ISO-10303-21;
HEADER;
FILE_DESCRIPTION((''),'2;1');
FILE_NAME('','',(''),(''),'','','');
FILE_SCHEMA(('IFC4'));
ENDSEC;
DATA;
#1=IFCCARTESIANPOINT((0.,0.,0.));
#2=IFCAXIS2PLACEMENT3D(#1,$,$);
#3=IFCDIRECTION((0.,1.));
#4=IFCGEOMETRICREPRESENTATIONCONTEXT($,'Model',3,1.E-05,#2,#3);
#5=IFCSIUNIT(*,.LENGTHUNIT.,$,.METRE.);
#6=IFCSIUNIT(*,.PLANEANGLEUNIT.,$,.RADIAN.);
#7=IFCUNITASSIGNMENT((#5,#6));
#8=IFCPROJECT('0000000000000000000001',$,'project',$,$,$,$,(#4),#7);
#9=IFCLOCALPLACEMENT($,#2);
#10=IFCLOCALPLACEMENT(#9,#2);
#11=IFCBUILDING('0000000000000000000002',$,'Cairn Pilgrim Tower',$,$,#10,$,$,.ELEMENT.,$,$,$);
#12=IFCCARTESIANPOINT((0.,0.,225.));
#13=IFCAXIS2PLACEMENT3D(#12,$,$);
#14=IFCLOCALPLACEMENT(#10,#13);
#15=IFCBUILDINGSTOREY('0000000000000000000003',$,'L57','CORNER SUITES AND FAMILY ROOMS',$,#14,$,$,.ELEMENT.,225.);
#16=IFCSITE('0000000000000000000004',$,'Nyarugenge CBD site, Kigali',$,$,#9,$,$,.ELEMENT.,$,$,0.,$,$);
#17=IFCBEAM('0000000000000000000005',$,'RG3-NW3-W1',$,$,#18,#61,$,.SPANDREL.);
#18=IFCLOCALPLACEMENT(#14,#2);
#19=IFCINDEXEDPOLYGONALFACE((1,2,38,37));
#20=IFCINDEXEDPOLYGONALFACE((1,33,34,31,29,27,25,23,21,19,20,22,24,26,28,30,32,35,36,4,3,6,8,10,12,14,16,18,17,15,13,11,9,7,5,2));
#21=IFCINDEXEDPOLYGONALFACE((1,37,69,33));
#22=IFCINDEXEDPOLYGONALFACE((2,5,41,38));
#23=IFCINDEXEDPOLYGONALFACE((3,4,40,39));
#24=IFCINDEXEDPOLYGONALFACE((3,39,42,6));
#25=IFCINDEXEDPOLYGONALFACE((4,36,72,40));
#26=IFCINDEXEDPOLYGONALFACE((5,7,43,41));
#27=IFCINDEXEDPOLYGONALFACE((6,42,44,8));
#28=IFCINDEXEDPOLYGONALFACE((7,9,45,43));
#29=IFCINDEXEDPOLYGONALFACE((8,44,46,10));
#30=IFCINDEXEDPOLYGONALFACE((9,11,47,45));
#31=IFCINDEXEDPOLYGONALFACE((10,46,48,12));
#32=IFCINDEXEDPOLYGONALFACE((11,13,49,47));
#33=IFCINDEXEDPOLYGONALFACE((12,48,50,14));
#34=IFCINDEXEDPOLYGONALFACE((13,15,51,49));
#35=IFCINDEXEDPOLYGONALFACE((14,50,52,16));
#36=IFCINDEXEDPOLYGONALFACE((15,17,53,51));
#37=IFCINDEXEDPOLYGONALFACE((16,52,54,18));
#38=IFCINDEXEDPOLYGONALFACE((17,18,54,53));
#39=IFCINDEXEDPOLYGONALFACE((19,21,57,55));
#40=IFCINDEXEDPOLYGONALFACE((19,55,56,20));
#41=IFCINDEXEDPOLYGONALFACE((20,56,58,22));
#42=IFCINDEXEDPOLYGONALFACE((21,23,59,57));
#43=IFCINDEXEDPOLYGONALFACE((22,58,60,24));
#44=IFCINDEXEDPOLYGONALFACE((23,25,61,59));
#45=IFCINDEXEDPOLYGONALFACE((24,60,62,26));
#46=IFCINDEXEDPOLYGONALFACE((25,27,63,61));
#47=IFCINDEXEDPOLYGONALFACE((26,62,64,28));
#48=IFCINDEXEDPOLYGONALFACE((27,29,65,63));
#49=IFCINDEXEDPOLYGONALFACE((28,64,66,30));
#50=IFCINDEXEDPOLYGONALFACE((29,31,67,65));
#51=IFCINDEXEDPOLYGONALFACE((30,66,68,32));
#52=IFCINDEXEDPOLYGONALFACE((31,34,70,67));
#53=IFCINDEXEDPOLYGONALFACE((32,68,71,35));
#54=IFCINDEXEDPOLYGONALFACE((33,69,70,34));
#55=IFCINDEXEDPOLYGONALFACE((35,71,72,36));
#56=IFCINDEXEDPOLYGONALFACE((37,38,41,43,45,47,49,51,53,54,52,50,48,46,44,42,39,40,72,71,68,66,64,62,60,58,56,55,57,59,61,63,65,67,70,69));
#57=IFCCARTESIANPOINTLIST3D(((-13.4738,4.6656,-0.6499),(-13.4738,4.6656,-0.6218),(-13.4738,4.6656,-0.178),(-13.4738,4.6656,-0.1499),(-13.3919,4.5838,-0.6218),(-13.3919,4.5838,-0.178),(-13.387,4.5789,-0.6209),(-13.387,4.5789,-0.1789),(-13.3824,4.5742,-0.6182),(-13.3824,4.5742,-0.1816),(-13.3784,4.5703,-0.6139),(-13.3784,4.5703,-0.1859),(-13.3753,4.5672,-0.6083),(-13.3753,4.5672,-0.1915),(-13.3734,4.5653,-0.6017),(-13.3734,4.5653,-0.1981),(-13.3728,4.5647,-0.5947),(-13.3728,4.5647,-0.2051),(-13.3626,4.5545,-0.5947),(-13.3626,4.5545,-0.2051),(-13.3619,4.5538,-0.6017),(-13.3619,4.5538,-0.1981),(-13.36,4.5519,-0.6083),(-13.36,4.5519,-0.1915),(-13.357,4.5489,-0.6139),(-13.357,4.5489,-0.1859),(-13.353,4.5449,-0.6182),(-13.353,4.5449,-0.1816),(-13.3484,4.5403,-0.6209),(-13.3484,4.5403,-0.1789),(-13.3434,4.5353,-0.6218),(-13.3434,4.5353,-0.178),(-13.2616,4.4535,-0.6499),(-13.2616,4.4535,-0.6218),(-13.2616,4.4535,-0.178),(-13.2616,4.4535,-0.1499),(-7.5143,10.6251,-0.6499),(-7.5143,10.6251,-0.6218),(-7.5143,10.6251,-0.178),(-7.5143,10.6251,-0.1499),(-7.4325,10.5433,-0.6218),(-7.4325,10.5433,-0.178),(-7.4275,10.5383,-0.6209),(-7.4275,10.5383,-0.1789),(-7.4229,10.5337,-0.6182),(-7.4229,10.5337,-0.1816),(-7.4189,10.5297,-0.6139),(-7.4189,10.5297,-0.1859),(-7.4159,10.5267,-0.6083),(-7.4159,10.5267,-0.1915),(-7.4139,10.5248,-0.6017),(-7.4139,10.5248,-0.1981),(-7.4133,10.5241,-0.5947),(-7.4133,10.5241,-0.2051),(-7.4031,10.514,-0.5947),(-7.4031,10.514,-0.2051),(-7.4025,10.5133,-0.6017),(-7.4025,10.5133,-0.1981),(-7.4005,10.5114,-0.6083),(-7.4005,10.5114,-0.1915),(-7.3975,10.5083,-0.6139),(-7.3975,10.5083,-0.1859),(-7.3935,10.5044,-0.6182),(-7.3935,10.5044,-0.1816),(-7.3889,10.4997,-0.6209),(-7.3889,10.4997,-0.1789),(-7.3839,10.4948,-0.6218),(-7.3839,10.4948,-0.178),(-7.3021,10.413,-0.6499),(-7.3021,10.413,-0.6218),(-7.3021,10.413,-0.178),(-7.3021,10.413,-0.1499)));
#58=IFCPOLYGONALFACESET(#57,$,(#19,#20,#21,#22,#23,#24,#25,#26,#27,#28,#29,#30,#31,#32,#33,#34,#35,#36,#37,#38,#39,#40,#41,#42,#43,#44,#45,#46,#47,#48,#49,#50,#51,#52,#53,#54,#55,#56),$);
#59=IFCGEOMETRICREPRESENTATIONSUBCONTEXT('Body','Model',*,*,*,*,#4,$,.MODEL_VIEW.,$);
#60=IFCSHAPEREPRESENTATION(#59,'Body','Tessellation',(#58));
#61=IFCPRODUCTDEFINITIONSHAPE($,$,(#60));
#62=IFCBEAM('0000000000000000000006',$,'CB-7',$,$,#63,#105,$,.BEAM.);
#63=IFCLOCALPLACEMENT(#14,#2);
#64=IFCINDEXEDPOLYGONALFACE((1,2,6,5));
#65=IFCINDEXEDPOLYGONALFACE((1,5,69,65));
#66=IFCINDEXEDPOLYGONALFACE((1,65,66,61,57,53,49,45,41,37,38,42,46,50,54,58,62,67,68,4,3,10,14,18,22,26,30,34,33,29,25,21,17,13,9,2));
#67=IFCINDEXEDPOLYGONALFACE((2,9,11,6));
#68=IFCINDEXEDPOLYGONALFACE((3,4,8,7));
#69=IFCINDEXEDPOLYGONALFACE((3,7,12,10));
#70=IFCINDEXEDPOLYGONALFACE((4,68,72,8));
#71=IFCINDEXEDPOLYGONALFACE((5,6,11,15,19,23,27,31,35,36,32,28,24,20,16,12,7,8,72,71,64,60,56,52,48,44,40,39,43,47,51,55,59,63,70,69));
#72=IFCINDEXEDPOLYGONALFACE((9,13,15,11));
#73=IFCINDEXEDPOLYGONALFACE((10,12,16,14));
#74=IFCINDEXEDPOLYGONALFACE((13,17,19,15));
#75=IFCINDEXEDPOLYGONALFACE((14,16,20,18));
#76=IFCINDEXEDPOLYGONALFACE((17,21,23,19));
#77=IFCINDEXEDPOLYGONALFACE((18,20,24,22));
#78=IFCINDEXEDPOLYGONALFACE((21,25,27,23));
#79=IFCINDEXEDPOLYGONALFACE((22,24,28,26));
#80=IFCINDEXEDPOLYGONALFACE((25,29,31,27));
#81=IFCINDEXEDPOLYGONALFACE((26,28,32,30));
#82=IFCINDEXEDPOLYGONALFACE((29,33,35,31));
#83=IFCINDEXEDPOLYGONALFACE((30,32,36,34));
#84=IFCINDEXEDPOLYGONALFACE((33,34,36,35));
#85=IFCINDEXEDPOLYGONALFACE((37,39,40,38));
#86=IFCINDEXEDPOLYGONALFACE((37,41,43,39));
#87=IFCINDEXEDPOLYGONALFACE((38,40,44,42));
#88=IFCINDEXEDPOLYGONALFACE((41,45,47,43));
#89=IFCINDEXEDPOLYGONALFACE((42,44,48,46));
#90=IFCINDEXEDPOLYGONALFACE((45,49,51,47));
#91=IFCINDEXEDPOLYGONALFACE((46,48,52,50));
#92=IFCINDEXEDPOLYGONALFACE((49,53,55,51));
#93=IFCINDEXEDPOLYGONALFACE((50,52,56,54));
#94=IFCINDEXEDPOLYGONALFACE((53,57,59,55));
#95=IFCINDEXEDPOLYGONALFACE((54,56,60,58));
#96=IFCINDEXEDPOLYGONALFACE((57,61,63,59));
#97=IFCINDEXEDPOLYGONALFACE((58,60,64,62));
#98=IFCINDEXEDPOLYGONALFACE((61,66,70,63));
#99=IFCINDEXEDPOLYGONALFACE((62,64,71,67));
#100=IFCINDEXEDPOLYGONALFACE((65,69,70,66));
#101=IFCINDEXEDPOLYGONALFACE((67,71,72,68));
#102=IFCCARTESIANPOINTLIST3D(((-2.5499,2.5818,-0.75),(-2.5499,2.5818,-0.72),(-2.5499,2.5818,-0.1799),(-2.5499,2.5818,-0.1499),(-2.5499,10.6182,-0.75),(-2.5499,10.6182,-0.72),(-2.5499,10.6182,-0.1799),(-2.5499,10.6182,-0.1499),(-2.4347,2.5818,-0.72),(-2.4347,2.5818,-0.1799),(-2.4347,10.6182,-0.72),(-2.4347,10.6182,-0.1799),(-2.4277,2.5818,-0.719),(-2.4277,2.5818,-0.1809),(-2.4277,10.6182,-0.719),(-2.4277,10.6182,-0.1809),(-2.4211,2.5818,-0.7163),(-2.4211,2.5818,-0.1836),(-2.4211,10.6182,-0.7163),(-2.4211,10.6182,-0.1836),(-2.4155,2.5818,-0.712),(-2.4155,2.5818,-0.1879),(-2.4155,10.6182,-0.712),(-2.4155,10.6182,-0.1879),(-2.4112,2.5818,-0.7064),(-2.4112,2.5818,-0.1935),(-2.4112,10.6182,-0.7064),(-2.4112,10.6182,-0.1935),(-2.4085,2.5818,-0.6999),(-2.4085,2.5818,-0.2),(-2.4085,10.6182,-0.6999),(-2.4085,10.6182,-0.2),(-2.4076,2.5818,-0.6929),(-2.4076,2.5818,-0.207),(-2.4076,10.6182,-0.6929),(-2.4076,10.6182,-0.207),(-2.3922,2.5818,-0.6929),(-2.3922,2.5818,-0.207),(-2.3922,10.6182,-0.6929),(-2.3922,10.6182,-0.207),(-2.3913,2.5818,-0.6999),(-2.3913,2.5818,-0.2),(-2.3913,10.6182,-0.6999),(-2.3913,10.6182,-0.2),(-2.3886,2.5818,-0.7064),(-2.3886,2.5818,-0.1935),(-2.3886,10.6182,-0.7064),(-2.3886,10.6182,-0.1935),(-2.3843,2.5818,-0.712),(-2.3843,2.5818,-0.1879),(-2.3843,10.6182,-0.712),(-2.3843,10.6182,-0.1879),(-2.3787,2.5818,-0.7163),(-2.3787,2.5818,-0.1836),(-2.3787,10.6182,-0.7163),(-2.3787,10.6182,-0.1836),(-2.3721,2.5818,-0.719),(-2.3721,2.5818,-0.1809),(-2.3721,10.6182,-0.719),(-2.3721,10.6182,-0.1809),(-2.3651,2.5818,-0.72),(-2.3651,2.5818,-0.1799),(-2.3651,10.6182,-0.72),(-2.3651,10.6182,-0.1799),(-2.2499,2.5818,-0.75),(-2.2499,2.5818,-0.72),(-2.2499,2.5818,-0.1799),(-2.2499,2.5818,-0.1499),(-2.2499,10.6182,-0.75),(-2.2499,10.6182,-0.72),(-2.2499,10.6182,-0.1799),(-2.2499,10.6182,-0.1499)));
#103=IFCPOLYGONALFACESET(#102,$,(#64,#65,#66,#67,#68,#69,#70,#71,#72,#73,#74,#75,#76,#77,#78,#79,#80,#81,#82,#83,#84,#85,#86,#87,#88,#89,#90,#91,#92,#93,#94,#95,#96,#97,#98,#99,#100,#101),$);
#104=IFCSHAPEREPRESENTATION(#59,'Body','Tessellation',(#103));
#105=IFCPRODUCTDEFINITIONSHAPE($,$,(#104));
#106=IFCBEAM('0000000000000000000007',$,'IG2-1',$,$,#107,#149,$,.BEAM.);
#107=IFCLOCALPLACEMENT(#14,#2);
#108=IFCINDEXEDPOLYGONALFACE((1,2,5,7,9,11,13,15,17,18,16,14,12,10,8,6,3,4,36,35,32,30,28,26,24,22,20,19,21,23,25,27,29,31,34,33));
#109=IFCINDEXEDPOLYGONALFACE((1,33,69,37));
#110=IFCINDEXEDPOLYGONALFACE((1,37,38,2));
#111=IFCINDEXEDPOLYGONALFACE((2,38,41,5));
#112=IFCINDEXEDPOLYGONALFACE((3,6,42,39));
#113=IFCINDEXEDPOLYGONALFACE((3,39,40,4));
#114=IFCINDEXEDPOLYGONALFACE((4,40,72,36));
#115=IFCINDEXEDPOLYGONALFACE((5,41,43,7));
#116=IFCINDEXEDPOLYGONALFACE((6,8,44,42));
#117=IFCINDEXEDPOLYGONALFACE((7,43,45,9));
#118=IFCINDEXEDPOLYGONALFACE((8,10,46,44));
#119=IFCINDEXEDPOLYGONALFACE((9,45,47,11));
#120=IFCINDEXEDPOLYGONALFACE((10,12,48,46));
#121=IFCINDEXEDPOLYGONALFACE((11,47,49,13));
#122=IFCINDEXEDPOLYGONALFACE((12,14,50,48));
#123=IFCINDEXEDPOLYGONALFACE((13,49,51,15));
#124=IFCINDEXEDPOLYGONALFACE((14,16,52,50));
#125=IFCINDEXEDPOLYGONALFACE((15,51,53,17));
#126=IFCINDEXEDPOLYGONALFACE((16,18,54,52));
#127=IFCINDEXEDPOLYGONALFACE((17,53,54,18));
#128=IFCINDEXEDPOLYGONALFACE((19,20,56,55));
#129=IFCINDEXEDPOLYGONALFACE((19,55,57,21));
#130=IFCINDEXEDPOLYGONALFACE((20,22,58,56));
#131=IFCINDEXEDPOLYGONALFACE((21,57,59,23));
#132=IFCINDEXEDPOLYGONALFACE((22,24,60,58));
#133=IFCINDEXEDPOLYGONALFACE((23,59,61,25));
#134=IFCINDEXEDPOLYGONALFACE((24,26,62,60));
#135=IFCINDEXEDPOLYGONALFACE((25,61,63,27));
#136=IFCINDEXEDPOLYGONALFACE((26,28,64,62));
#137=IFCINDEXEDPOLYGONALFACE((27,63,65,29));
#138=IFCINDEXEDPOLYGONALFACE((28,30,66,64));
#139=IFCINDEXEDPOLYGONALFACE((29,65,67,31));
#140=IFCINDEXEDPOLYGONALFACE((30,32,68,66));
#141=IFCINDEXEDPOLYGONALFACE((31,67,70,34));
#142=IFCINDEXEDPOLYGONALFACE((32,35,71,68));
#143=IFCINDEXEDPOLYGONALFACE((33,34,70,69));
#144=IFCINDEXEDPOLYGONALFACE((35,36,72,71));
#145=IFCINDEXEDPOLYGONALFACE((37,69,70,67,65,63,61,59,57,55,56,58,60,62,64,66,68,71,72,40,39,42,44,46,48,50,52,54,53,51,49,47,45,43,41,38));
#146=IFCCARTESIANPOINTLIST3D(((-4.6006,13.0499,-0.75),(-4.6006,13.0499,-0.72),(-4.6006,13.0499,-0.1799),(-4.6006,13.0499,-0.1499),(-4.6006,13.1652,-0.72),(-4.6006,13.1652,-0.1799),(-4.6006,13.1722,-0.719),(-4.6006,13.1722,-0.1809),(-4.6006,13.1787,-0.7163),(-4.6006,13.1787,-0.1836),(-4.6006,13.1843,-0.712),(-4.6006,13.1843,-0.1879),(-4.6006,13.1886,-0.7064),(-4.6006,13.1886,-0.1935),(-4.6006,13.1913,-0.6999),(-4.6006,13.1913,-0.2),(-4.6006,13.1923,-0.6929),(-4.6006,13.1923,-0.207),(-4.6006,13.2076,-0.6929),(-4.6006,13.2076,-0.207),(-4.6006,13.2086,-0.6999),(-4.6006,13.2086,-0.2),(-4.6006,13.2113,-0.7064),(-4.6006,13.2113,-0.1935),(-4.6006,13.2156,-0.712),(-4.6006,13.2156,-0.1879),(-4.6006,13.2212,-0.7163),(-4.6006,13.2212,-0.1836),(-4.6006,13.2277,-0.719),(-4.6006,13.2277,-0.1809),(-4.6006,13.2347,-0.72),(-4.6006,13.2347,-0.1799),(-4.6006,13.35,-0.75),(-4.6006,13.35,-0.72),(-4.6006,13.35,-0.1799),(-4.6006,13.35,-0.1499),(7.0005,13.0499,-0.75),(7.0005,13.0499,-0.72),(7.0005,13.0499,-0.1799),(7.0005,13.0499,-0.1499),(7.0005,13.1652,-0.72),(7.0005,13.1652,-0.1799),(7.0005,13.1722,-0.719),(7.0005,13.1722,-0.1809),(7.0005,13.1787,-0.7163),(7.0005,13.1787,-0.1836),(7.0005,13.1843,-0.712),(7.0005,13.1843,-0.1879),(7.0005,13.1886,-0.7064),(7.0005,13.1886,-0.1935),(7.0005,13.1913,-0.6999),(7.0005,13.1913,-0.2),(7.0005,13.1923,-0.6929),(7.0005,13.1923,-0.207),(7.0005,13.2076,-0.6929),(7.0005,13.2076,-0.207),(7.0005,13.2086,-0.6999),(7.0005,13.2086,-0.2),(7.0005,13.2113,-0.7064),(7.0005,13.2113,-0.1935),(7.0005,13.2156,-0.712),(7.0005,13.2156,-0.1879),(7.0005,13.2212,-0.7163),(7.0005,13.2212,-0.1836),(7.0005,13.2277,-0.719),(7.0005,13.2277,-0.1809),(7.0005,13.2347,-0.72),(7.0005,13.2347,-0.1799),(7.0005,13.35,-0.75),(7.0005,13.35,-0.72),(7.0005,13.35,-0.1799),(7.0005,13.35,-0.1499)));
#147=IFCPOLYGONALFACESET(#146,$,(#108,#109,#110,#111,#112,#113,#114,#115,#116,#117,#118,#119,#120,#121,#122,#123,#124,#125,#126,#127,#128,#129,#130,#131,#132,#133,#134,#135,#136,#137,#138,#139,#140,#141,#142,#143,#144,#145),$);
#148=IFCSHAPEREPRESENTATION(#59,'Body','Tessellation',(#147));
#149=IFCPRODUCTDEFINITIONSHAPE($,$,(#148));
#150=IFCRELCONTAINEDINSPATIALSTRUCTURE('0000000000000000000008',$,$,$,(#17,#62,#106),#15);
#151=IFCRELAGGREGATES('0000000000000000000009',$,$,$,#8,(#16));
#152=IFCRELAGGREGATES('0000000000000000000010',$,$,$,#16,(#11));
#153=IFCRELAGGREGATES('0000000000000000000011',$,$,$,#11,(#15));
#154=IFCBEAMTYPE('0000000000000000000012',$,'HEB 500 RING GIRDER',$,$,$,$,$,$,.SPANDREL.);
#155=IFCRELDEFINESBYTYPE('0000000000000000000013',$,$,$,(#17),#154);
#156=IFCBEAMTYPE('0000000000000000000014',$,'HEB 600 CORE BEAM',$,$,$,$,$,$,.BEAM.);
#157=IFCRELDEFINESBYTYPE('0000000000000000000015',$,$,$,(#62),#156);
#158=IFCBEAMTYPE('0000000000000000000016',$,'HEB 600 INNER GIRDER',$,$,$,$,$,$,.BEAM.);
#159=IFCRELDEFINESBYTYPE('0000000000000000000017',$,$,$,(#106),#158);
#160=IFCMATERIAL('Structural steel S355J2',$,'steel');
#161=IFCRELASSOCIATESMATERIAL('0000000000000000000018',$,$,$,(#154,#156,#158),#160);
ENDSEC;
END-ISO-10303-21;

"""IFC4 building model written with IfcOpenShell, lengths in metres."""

from ifc_helpers import new_model, si_unit, direction, frame, origin, origin_2d, place, context, subcontext, project, spatial, i_section, extrude, material, material_profile, profile_set, type_object, element, save


model = new_model("IFC4")

# Units and contexts
model_context = context("Model", 3, precision=1e-05, world=origin(), true_north=direction((0.0, 1.0)))
body_context = subcontext(model_context, "Body", "Model", "MODEL_VIEW")
ifc_project = project(units=[si_unit("LENGTHUNIT", "METRE"), si_unit("PLANEANGLEUNIT", "RADIAN")], contexts=[model_context])

# Site, building, storey
site_placement = place(None, origin())
site = spatial("IfcSite", under=ifc_project, at=site_placement, Name="Nyarugenge CBD site, Kigali", CompositionType="ELEMENT", RefElevation=0.0)
building_placement = place(site_placement, origin())
building = spatial("IfcBuilding", under=site, at=building_placement, Name="Cairn Pilgrim Tower", CompositionType="ELEMENT")
storey_placement = place(building_placement, frame((0.0, 0.0, 225.0)))
storey = spatial("IfcBuildingStorey", under=building, at=storey_placement, Name="L57", Description="CORNER SUITES AND FAMILY ROOMS", CompositionType="ELEMENT", Elevation=225.0)

# Shared definitions
ifc_material_1 = material(Name="Structural steel S355J2", Category="steel")

# Beams
ifc_material_profile_1 = material_profile(ifc_material_1, i_section(OverallWidth=0.3, OverallDepth=0.5, WebThickness=0.0144, FlangeThickness=0.0281, FilletRadius=0.0271, at=origin_2d()), Name="HEB 500")
ifc_profile_set_1 = profile_set([ifc_material_profile_1], Name="Structural steel S355J2")
beam_type_1 = type_object("IfcBeamType", Name="HEB 500 RING GIRDER", PredefinedType="SPANDREL", material=ifc_profile_set_1)
beam_1_placement = place(storey_placement, frame((-7.4082, 10.519, -0.3999), z_axis=(-0.707107, -0.707107, 0.0), x_axis=(0.707107, -0.707107, 0.0)))
element("IfcBeam", 1, at=beam_1_placement, inside=storey, type_object=beam_type_1, Name="RG3-NW3-W1", PredefinedType="SPANDREL", context=body_context, shape_type="SweptSolid", body=[
    extrude(i_section(OverallWidth=0.3, OverallDepth=0.5, WebThickness=0.0144, FlangeThickness=0.0281, FilletRadius=0.0271, at=origin_2d()), origin(), (0.0, 0.0, 1.0), 8.428),
])
ifc_material_profile_2 = material_profile(ifc_material_1, i_section(OverallWidth=0.3, OverallDepth=0.6001, WebThickness=0.0154, FlangeThickness=0.03, FilletRadius=0.0271, at=origin_2d()), Name="HEB 600")
ifc_profile_set_2 = profile_set([ifc_material_profile_2], Name="Structural steel S355J2")
beam_type_2 = type_object("IfcBeamType", Name="HEB 600 CORE BEAM", PredefinedType="BEAM", material=ifc_profile_set_2)
beam_2_placement = place(storey_placement, frame((-2.3999, 10.6182, -0.45), z_axis=(0.0, -1.0, 0.0), x_axis=(1.0, 0.0, 0.0)))
element("IfcBeam", 2, at=beam_2_placement, inside=storey, type_object=beam_type_2, Name="CB-7", PredefinedType="BEAM", context=body_context, shape_type="SweptSolid", body=[
    extrude(i_section(OverallWidth=0.3, OverallDepth=0.6001, WebThickness=0.0154, FlangeThickness=0.03, FilletRadius=0.0271, at=origin_2d()), origin(), (0.0, 0.0, 1.0), 8.0364),
])
ifc_material_profile_3 = material_profile(ifc_material_1, i_section(OverallWidth=0.3, OverallDepth=0.6001, WebThickness=0.0154, FlangeThickness=0.03, FilletRadius=0.0271, at=origin_2d()), Name="HEB 600")
ifc_profile_set_3 = profile_set([ifc_material_profile_3], Name="Structural steel S355J2")
beam_type_3 = type_object("IfcBeamType", Name="HEB 600 INNER GIRDER", PredefinedType="BEAM", material=ifc_profile_set_3)
beam_3_placement = place(storey_placement, frame((-4.6006, 13.2, -0.45), z_axis=(1.0, 0.0, 0.0), x_axis=(0.0, 1.0, 0.0)))
element("IfcBeam", 3, at=beam_3_placement, inside=storey, type_object=beam_type_3, Name="IG2-1", PredefinedType="BEAM", context=body_context, shape_type="SweptSolid", body=[
    extrude(i_section(OverallWidth=0.3, OverallDepth=0.6001, WebThickness=0.0154, FlangeThickness=0.03, FilletRadius=0.0271, at=origin_2d()), origin(), (0.0, 0.0, 1.0), 11.6011),
])

save(model, "model.ifc")
